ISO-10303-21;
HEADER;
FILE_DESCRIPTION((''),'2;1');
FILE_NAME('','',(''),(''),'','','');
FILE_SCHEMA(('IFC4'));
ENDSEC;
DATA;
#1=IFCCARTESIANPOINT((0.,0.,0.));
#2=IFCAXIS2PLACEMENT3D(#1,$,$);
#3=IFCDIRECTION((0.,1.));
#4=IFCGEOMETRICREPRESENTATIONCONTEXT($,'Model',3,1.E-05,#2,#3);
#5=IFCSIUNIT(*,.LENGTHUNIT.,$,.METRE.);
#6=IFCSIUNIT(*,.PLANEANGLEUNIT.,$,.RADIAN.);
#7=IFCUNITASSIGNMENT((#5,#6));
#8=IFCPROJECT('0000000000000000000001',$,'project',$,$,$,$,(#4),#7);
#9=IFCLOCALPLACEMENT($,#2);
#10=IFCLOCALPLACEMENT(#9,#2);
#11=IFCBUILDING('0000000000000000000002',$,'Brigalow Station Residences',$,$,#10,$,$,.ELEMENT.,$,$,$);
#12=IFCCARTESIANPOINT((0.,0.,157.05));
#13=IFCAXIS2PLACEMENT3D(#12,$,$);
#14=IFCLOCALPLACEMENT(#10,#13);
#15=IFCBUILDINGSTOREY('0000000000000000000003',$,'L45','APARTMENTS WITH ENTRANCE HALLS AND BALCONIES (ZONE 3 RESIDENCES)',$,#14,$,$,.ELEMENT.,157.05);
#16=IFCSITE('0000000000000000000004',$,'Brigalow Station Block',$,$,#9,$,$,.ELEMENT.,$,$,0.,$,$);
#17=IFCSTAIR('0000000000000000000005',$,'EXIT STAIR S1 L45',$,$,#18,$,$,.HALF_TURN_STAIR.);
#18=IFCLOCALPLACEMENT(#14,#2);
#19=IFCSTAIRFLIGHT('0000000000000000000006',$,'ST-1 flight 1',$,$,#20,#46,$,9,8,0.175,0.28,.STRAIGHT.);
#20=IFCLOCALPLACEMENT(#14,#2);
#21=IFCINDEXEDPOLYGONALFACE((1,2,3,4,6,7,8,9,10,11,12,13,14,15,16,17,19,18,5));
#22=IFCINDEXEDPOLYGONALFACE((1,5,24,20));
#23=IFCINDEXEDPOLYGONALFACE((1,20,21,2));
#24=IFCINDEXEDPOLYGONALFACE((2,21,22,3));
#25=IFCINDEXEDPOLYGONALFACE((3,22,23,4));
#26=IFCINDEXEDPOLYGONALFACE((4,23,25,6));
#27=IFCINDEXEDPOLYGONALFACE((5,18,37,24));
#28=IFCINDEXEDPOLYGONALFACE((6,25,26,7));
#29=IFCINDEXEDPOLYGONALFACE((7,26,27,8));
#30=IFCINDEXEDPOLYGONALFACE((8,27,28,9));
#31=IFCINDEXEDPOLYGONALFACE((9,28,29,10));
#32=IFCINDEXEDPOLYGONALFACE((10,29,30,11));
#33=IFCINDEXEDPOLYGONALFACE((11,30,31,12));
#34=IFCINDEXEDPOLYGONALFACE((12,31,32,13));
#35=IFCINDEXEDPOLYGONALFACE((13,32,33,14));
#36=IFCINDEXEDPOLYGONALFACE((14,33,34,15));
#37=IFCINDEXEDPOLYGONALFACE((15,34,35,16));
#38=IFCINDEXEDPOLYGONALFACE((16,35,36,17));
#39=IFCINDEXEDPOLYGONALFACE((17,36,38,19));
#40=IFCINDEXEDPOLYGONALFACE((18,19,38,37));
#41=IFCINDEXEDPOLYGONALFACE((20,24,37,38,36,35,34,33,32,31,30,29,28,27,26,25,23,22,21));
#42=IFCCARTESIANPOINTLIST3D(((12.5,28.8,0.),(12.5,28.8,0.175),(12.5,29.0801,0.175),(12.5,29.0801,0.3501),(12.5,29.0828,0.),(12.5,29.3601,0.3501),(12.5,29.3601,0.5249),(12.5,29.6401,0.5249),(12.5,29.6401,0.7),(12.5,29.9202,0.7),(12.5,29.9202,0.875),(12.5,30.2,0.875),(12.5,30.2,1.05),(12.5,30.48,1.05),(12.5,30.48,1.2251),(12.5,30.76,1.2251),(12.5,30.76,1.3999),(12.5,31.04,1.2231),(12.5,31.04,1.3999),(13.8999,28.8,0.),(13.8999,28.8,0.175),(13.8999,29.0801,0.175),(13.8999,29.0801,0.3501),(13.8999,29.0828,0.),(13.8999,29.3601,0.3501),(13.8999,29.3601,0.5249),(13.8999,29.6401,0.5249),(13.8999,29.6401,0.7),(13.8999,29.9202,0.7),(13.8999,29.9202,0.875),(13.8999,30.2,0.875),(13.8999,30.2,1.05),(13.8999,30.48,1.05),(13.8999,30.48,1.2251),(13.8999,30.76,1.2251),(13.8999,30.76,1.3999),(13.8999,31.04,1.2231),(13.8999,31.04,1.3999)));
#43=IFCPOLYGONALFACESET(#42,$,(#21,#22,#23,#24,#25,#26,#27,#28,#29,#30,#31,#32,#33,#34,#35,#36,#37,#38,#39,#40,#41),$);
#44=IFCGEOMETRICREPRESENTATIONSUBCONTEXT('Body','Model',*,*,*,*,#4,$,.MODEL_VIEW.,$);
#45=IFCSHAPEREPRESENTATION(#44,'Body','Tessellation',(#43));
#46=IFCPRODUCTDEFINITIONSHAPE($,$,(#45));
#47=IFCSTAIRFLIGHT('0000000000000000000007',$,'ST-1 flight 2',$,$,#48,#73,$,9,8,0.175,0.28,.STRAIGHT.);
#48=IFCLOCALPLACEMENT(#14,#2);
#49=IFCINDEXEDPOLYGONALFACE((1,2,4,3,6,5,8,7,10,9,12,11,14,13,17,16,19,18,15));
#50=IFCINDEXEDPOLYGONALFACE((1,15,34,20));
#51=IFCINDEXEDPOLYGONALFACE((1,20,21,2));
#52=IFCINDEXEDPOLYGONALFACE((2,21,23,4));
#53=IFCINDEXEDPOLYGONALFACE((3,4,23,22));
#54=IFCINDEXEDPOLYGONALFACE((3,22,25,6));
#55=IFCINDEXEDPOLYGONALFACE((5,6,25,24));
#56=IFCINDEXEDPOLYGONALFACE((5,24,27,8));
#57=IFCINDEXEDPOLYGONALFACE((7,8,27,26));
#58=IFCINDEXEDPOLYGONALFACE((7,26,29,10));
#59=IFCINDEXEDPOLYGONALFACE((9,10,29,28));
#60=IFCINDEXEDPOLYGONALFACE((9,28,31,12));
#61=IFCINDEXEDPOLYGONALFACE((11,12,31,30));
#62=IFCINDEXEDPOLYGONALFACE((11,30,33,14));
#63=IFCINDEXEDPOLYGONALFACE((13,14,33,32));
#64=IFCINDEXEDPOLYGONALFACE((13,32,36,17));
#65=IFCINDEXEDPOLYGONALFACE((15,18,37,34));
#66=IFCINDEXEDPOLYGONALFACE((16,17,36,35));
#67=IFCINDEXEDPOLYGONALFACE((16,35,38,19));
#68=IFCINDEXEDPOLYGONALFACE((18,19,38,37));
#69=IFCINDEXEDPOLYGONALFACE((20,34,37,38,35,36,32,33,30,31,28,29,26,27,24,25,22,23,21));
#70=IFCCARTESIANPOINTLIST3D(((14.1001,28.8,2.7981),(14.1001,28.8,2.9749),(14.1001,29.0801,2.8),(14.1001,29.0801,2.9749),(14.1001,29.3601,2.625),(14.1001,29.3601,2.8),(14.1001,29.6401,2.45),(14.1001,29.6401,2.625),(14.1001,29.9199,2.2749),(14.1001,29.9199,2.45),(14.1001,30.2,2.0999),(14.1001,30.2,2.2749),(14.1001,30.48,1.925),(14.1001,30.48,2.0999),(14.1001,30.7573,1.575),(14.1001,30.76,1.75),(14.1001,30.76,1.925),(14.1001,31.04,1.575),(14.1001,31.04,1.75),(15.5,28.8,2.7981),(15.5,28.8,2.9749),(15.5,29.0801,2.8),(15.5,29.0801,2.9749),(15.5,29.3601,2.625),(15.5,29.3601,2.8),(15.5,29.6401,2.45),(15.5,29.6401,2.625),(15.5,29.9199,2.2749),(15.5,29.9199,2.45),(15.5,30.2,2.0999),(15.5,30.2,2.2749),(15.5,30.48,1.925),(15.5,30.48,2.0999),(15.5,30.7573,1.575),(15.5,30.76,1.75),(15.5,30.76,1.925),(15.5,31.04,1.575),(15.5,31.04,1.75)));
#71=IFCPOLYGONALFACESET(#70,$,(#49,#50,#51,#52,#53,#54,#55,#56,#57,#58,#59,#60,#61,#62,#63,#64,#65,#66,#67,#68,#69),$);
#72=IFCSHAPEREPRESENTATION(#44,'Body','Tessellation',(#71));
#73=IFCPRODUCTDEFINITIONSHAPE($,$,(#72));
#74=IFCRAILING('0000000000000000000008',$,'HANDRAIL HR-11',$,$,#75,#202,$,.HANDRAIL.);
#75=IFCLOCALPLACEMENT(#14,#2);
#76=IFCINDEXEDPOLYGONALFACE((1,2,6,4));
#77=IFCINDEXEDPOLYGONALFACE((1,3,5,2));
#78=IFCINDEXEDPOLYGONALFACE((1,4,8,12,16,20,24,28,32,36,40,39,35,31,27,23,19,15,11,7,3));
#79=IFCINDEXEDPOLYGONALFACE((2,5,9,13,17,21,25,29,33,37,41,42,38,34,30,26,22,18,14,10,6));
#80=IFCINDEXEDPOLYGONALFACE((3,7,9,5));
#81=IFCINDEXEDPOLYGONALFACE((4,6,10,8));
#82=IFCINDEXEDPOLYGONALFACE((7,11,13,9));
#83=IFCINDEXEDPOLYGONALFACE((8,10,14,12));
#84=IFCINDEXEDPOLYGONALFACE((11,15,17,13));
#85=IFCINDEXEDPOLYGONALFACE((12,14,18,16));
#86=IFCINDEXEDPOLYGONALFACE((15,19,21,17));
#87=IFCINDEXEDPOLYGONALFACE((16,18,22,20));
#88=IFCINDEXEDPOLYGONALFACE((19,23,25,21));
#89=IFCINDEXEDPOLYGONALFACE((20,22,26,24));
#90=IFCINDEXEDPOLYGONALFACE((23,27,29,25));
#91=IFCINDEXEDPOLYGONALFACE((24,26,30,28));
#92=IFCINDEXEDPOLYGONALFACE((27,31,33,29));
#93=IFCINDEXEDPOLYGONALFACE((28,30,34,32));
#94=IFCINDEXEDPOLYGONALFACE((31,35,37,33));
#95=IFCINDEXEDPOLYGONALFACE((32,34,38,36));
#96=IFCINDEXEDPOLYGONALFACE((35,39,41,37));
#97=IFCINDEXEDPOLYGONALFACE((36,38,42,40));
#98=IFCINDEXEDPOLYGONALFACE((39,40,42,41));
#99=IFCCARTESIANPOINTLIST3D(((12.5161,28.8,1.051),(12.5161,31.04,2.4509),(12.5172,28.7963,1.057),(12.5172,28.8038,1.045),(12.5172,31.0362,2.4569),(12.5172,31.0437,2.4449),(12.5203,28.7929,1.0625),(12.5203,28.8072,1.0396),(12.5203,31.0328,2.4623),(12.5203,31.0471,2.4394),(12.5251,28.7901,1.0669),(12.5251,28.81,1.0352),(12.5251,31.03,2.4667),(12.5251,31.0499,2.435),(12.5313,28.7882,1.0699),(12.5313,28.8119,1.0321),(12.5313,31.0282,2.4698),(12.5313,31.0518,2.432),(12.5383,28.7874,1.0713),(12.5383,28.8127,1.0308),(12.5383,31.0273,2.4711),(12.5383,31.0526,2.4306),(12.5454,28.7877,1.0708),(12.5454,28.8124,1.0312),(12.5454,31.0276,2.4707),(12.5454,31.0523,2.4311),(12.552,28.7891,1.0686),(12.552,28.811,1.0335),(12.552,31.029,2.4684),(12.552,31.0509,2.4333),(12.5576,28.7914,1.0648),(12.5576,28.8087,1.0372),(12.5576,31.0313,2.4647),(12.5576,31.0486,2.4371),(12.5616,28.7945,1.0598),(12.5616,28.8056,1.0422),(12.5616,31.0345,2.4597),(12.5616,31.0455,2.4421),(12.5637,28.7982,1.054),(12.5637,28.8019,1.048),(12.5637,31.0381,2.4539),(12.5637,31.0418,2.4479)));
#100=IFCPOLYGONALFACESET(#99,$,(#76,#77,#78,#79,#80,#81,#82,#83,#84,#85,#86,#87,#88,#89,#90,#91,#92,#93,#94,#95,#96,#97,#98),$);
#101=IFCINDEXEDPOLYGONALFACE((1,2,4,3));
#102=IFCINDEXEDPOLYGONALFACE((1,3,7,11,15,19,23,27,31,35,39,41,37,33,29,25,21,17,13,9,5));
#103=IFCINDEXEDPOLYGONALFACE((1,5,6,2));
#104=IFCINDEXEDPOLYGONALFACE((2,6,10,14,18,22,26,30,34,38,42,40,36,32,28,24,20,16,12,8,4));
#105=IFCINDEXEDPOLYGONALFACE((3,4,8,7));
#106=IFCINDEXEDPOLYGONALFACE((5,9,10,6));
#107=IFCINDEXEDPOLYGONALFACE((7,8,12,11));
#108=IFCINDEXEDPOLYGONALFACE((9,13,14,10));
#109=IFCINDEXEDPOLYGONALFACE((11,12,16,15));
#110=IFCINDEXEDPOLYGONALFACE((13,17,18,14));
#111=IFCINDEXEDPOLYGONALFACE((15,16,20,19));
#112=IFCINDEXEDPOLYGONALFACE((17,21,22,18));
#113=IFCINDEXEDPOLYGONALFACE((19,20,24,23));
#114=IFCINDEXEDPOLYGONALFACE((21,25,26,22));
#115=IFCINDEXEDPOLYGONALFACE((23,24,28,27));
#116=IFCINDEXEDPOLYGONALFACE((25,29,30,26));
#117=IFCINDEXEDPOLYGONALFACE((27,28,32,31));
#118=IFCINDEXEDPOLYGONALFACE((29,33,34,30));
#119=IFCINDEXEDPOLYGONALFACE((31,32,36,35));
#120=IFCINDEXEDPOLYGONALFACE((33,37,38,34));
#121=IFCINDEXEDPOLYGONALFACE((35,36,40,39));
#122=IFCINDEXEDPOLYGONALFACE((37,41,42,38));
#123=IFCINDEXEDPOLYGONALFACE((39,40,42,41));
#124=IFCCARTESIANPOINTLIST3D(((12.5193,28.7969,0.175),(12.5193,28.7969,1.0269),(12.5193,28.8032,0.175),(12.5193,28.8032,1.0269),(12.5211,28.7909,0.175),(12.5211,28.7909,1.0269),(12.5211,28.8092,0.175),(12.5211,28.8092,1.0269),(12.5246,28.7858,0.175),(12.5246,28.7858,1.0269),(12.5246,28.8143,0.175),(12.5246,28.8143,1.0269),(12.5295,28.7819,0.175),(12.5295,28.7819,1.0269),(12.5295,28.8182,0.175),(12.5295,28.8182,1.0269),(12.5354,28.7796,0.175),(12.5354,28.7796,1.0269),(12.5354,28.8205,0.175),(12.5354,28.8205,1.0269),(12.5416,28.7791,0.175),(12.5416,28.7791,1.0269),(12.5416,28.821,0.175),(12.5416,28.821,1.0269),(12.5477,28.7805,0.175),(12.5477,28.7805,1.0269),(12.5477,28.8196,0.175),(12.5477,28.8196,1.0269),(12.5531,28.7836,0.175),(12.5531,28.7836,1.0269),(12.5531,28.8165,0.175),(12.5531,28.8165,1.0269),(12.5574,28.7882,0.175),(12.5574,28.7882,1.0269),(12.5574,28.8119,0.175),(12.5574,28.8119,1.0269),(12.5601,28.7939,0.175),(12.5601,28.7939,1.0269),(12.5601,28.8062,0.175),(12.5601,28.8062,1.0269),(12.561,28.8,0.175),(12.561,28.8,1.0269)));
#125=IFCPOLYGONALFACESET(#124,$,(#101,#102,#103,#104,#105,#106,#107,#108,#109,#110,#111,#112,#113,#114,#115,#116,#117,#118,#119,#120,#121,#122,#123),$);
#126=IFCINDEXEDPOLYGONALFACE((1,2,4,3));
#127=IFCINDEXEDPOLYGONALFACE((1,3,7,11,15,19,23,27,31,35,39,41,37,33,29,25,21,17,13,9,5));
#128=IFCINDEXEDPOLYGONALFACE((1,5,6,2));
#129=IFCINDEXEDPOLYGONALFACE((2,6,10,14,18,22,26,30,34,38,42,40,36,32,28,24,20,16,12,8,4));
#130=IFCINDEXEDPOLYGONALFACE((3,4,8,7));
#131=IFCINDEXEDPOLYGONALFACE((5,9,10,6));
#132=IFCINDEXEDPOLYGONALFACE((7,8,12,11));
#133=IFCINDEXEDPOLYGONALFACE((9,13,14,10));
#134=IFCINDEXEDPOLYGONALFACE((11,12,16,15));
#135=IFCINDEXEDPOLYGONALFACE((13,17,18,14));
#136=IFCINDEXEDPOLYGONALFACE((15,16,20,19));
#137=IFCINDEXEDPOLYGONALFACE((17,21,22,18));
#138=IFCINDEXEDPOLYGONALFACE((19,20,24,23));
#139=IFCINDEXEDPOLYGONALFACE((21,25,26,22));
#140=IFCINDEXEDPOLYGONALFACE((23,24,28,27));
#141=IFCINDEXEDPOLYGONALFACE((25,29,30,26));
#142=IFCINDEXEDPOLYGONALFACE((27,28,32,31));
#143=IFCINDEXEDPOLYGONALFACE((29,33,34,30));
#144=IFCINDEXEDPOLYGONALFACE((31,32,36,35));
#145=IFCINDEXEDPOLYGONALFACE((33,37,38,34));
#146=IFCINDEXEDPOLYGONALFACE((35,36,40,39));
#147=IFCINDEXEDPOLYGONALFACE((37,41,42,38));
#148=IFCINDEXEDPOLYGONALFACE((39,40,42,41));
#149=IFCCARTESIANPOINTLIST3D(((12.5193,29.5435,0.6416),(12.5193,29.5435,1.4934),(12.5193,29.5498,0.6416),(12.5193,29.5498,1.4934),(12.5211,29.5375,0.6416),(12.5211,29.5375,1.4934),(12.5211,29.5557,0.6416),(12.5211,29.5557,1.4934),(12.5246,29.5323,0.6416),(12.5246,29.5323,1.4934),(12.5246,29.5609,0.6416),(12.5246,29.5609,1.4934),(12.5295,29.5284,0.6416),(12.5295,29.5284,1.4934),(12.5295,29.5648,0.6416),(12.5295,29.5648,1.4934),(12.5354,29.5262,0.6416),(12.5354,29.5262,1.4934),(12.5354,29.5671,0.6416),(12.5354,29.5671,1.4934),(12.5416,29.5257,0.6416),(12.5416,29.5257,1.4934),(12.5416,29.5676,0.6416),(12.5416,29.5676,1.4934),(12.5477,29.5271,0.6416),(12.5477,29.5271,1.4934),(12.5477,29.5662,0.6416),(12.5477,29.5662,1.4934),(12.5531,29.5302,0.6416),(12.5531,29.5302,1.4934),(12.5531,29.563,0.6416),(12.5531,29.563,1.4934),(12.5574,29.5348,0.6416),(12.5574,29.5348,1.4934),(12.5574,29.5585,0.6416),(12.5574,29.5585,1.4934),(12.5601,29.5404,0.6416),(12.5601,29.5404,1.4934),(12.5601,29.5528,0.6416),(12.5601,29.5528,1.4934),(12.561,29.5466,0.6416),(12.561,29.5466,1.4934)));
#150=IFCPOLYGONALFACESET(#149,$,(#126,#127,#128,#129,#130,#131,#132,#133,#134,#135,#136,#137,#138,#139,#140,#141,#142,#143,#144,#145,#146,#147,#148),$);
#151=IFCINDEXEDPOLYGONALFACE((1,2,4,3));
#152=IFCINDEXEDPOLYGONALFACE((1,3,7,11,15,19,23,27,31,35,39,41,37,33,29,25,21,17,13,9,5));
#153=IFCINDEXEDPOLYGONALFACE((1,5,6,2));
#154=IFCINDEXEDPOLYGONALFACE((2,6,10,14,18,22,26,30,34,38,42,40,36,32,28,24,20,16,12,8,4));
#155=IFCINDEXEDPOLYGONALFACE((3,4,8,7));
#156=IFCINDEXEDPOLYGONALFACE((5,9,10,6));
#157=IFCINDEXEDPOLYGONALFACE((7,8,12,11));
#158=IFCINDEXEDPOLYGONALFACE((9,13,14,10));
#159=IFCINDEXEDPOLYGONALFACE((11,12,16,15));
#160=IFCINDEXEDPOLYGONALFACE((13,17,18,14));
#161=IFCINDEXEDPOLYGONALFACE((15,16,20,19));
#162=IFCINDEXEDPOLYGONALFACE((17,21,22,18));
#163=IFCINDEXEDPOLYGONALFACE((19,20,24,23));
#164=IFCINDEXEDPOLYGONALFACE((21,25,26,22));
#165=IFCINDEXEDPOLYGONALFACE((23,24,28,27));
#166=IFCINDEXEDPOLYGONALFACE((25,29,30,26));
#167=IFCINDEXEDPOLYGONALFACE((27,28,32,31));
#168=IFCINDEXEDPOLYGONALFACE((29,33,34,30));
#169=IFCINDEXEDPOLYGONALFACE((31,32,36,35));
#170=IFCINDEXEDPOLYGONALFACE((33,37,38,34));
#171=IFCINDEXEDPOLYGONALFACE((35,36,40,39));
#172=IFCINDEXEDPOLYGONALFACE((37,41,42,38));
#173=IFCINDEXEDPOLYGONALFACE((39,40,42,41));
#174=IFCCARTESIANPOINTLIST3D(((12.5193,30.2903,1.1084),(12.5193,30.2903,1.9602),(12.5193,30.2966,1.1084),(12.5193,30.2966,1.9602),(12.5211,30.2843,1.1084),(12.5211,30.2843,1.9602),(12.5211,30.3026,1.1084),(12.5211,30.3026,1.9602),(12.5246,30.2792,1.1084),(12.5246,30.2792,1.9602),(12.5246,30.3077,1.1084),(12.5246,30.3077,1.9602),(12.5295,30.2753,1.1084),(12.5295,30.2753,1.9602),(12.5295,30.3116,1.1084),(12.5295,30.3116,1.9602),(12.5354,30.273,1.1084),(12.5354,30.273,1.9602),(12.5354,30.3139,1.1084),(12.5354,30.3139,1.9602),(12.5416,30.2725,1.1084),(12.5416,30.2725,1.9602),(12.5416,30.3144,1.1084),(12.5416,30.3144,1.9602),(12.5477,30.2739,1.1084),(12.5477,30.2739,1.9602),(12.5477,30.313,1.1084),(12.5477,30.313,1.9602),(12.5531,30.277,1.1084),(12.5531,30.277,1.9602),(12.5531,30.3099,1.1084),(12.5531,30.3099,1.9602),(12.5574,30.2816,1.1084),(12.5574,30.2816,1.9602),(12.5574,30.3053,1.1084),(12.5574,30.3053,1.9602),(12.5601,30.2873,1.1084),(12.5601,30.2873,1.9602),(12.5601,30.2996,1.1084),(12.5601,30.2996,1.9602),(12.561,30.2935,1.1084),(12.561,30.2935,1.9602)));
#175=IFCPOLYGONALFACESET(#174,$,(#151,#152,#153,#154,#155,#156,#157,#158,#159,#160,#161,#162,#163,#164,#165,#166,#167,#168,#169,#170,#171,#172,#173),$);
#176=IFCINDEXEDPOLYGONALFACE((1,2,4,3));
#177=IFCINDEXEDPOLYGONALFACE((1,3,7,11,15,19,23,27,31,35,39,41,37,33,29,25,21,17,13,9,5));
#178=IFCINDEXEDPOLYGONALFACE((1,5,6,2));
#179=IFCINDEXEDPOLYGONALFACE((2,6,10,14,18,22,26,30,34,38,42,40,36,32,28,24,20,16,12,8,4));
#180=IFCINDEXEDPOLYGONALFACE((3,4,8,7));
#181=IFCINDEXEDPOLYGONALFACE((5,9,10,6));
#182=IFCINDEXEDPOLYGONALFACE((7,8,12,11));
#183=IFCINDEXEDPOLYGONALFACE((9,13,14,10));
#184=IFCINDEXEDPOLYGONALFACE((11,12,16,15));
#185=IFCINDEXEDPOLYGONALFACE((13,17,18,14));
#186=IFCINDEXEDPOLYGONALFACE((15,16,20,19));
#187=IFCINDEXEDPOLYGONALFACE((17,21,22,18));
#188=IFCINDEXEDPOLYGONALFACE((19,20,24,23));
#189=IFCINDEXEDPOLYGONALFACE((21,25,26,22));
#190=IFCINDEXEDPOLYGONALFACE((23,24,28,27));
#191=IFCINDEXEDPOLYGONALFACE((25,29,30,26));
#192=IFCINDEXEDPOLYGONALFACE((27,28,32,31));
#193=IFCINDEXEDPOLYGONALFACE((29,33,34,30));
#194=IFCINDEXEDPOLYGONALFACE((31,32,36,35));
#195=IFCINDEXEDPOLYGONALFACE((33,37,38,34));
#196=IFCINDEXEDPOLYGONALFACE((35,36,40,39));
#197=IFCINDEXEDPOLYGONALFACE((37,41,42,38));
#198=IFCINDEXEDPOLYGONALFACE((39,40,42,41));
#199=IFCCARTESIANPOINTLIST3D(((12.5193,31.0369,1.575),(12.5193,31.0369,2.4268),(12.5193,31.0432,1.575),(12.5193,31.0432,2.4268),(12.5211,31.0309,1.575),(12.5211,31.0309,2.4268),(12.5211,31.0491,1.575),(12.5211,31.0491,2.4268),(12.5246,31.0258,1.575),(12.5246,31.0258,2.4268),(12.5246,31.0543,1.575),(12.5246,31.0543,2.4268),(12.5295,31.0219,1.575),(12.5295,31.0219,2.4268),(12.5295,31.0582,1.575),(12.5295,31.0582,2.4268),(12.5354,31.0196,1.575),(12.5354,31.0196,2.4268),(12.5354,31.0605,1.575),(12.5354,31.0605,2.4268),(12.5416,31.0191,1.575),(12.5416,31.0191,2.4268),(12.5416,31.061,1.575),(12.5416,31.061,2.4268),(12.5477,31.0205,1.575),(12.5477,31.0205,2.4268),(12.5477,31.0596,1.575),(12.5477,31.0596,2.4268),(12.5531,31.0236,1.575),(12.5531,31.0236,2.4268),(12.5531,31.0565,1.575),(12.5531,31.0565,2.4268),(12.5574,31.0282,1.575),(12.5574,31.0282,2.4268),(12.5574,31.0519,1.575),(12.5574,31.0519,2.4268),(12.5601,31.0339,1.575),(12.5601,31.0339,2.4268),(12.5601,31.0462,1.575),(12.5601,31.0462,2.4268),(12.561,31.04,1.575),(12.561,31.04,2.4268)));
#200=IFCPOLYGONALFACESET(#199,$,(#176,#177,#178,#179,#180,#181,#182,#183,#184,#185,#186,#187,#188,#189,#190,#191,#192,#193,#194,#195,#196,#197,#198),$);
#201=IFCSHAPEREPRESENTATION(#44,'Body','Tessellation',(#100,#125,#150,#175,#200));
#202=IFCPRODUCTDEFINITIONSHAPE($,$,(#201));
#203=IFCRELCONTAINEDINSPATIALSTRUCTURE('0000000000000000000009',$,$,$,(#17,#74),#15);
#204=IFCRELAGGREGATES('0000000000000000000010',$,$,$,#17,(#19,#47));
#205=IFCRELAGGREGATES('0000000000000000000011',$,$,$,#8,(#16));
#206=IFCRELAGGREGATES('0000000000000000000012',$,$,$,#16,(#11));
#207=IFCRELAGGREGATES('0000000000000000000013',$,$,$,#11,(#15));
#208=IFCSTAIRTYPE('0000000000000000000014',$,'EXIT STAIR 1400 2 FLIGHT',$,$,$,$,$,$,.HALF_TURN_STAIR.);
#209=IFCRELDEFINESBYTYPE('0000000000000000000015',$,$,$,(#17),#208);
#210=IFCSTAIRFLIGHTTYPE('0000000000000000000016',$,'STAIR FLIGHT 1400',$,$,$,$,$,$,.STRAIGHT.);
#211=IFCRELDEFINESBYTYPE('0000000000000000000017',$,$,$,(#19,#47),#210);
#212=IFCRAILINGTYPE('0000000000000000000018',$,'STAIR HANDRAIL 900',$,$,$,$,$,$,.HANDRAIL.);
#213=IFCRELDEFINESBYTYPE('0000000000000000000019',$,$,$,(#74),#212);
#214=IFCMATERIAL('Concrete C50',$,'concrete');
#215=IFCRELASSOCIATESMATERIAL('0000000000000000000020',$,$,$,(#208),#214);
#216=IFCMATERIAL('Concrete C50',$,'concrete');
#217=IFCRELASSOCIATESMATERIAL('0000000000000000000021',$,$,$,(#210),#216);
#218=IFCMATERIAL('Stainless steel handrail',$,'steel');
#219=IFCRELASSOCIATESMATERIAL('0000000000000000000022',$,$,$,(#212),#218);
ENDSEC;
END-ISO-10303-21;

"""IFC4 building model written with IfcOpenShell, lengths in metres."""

from ifc_helpers import new_model, si_unit, direction, frame, origin, origin_2d, place, context, subcontext, project, spatial, polyline, circle, outline, extrude, material, type_object, element, aggregate, save


model = new_model("IFC4")

# Units and contexts
model_context = context("Model", 3, precision=1e-05, world=origin(), true_north=direction((0.0, 1.0)))
body_context = subcontext(model_context, "Body", "Model", "MODEL_VIEW")
ifc_project = project(units=[si_unit("LENGTHUNIT", "METRE"), si_unit("PLANEANGLEUNIT", "RADIAN")], contexts=[model_context])

# Site, building, storey
site_placement = place(None, origin())
site = spatial("IfcSite", under=ifc_project, at=site_placement, Name="Brigalow Station Block", CompositionType="ELEMENT", RefElevation=0.0)
building_placement = place(site_placement, origin())
building = spatial("IfcBuilding", under=site, at=building_placement, Name="Brigalow Station Residences", CompositionType="ELEMENT")
storey_placement = place(building_placement, frame((0.0, 0.0, 157.05)))
storey = spatial("IfcBuildingStorey", under=building, at=storey_placement, Name="L45", Description="APARTMENTS WITH ENTRANCE HALLS AND BALCONIES (ZONE 3 RESIDENCES)", CompositionType="ELEMENT", Elevation=157.05)

# Stair, stair flights
ifc_material_1 = material(Name="Concrete C50", Category="concrete")
stair_type = type_object("IfcStairType", Name="EXIT STAIR 1400 2 FLIGHT", PredefinedType="HALF_TURN_STAIR", material=ifc_material_1)
stair_placement = place(storey_placement, origin())
stair = element("IfcStair", 1, at=stair_placement, inside=storey, type_object=stair_type, Name="EXIT STAIR S1 L45", PredefinedType="HALF_TURN_STAIR")
ifc_material_2 = material(Name="Concrete C50", Category="concrete")
stair_flight_type = type_object("IfcStairFlightType", Name="STAIR FLIGHT 1400", PredefinedType="STRAIGHT", material=ifc_material_2)
stair_flight_1_placement = place(storey_placement, frame((13.2, 28.8, 0.0), z_axis=(0.0, 0.0, 1.0), x_axis=(0.0, 1.0, 0.0)))
stair_flight_1 = element("IfcStairFlight", 2, at=stair_flight_1_placement, type_object=stair_flight_type, Name="ST-1 flight 1", NumberOfRisers=9, NumberOfTreads=8, PredefinedType="STRAIGHT", RiserHeight=0.175, TreadLength=0.28, context=body_context, shape_type="SweptSolid", body=[
    extrude(outline(polyline([(0.0, 0.0), (0.0, 0.175), (0.28, 0.175), (0.28, 0.3501), (0.5601, 0.3501), (0.5601, 0.5249), (0.8401, 0.5249), (0.8401, 0.7), (1.1201, 0.7), (1.1201, 0.875), (1.3999, 0.875), (1.3999, 1.05), (1.6799, 1.05), (1.6799, 1.2251), (1.96, 1.2251), (1.96, 1.3999), (2.24, 1.3999), (2.24, 1.575), (2.24, 1.2231), (0.2827, 0.0), (0.0, 0.0)])), frame((0.0, 0.7, 0.0), z_axis=(0.0, -1.0, 0.0), x_axis=(1.0, 0.0, 0.0)), (0.0, 0.0, 1.0), 1.3999),
])
stair_flight_2_placement = place(storey_placement, frame((14.8, 31.04, 1.575), z_axis=(0.0, 0.0, 1.0), x_axis=(0.0, -1.0, 0.0)))
stair_flight_2 = element("IfcStairFlight", 3, at=stair_flight_2_placement, type_object=stair_flight_type, Name="ST-1 flight 2", NumberOfRisers=9, NumberOfTreads=8, PredefinedType="STRAIGHT", RiserHeight=0.175, TreadLength=0.28, context=body_context, shape_type="SweptSolid", body=[
    extrude(outline(polyline([(0.0, 0.0), (0.0, 0.175), (0.28, 0.175), (0.28, 0.3501), (0.5601, 0.3501), (0.5601, 0.5249), (0.8401, 0.5249), (0.8401, 0.7), (1.1201, 0.7), (1.1201, 0.875), (1.3999, 0.875), (1.3999, 1.05), (1.6799, 1.05), (1.6799, 1.2251), (1.96, 1.2251), (1.96, 1.3999), (2.24, 1.3999), (2.24, 1.575), (2.24, 1.2231), (0.2827, 0.0), (0.0, 0.0)])), frame((0.0, 0.7, 0.0), z_axis=(0.0, -1.0, 0.0), x_axis=(1.0, 0.0, 0.0)), (0.0, 0.0, 1.0), 1.3999),
])
aggregate(stair, [stair_flight_1, stair_flight_2])

# Railing
ifc_material_3 = material(Name="Stainless steel handrail", Category="steel")
railing_type_1 = type_object("IfcRailingType", Name="STAIR HANDRAIL 900", PredefinedType="HANDRAIL", material=ifc_material_3)
railing_1_placement = place(storey_placement, frame((12.54, 28.8, 0.175)))
element("IfcRailing", 4, at=railing_1_placement, inside=storey, type_object=railing_type_1, Name="HANDRAIL HR-11", PredefinedType="HANDRAIL", context=body_context, shape_type="SweptSolid", body=[
    extrude(circle(Radius=0.0239, at=origin_2d()), frame((0.0, 0.0, 0.876), z_axis=(0.0, 0.848014, 0.529974), x_axis=(-1.0, 0.0, 0.0)), (0.0, 0.0, 1.0), 2.6414),
    extrude(circle(Radius=0.021, at=origin_2d()), origin(), (0.0, 0.0, 1.0), 0.8518),
    extrude(circle(Radius=0.021, at=origin_2d()), frame((0.0, 0.7466, 0.4666)), (0.0, 0.0, 1.0), 0.8518),
    extrude(circle(Radius=0.021, at=origin_2d()), frame((0.0, 1.4934, 0.9333)), (0.0, 0.0, 1.0), 0.8518),
    extrude(circle(Radius=0.021, at=origin_2d()), frame((0.0, 2.24, 1.3999)), (0.0, 0.0, 1.0), 0.8518),
])

save(model, "model.ifc")
